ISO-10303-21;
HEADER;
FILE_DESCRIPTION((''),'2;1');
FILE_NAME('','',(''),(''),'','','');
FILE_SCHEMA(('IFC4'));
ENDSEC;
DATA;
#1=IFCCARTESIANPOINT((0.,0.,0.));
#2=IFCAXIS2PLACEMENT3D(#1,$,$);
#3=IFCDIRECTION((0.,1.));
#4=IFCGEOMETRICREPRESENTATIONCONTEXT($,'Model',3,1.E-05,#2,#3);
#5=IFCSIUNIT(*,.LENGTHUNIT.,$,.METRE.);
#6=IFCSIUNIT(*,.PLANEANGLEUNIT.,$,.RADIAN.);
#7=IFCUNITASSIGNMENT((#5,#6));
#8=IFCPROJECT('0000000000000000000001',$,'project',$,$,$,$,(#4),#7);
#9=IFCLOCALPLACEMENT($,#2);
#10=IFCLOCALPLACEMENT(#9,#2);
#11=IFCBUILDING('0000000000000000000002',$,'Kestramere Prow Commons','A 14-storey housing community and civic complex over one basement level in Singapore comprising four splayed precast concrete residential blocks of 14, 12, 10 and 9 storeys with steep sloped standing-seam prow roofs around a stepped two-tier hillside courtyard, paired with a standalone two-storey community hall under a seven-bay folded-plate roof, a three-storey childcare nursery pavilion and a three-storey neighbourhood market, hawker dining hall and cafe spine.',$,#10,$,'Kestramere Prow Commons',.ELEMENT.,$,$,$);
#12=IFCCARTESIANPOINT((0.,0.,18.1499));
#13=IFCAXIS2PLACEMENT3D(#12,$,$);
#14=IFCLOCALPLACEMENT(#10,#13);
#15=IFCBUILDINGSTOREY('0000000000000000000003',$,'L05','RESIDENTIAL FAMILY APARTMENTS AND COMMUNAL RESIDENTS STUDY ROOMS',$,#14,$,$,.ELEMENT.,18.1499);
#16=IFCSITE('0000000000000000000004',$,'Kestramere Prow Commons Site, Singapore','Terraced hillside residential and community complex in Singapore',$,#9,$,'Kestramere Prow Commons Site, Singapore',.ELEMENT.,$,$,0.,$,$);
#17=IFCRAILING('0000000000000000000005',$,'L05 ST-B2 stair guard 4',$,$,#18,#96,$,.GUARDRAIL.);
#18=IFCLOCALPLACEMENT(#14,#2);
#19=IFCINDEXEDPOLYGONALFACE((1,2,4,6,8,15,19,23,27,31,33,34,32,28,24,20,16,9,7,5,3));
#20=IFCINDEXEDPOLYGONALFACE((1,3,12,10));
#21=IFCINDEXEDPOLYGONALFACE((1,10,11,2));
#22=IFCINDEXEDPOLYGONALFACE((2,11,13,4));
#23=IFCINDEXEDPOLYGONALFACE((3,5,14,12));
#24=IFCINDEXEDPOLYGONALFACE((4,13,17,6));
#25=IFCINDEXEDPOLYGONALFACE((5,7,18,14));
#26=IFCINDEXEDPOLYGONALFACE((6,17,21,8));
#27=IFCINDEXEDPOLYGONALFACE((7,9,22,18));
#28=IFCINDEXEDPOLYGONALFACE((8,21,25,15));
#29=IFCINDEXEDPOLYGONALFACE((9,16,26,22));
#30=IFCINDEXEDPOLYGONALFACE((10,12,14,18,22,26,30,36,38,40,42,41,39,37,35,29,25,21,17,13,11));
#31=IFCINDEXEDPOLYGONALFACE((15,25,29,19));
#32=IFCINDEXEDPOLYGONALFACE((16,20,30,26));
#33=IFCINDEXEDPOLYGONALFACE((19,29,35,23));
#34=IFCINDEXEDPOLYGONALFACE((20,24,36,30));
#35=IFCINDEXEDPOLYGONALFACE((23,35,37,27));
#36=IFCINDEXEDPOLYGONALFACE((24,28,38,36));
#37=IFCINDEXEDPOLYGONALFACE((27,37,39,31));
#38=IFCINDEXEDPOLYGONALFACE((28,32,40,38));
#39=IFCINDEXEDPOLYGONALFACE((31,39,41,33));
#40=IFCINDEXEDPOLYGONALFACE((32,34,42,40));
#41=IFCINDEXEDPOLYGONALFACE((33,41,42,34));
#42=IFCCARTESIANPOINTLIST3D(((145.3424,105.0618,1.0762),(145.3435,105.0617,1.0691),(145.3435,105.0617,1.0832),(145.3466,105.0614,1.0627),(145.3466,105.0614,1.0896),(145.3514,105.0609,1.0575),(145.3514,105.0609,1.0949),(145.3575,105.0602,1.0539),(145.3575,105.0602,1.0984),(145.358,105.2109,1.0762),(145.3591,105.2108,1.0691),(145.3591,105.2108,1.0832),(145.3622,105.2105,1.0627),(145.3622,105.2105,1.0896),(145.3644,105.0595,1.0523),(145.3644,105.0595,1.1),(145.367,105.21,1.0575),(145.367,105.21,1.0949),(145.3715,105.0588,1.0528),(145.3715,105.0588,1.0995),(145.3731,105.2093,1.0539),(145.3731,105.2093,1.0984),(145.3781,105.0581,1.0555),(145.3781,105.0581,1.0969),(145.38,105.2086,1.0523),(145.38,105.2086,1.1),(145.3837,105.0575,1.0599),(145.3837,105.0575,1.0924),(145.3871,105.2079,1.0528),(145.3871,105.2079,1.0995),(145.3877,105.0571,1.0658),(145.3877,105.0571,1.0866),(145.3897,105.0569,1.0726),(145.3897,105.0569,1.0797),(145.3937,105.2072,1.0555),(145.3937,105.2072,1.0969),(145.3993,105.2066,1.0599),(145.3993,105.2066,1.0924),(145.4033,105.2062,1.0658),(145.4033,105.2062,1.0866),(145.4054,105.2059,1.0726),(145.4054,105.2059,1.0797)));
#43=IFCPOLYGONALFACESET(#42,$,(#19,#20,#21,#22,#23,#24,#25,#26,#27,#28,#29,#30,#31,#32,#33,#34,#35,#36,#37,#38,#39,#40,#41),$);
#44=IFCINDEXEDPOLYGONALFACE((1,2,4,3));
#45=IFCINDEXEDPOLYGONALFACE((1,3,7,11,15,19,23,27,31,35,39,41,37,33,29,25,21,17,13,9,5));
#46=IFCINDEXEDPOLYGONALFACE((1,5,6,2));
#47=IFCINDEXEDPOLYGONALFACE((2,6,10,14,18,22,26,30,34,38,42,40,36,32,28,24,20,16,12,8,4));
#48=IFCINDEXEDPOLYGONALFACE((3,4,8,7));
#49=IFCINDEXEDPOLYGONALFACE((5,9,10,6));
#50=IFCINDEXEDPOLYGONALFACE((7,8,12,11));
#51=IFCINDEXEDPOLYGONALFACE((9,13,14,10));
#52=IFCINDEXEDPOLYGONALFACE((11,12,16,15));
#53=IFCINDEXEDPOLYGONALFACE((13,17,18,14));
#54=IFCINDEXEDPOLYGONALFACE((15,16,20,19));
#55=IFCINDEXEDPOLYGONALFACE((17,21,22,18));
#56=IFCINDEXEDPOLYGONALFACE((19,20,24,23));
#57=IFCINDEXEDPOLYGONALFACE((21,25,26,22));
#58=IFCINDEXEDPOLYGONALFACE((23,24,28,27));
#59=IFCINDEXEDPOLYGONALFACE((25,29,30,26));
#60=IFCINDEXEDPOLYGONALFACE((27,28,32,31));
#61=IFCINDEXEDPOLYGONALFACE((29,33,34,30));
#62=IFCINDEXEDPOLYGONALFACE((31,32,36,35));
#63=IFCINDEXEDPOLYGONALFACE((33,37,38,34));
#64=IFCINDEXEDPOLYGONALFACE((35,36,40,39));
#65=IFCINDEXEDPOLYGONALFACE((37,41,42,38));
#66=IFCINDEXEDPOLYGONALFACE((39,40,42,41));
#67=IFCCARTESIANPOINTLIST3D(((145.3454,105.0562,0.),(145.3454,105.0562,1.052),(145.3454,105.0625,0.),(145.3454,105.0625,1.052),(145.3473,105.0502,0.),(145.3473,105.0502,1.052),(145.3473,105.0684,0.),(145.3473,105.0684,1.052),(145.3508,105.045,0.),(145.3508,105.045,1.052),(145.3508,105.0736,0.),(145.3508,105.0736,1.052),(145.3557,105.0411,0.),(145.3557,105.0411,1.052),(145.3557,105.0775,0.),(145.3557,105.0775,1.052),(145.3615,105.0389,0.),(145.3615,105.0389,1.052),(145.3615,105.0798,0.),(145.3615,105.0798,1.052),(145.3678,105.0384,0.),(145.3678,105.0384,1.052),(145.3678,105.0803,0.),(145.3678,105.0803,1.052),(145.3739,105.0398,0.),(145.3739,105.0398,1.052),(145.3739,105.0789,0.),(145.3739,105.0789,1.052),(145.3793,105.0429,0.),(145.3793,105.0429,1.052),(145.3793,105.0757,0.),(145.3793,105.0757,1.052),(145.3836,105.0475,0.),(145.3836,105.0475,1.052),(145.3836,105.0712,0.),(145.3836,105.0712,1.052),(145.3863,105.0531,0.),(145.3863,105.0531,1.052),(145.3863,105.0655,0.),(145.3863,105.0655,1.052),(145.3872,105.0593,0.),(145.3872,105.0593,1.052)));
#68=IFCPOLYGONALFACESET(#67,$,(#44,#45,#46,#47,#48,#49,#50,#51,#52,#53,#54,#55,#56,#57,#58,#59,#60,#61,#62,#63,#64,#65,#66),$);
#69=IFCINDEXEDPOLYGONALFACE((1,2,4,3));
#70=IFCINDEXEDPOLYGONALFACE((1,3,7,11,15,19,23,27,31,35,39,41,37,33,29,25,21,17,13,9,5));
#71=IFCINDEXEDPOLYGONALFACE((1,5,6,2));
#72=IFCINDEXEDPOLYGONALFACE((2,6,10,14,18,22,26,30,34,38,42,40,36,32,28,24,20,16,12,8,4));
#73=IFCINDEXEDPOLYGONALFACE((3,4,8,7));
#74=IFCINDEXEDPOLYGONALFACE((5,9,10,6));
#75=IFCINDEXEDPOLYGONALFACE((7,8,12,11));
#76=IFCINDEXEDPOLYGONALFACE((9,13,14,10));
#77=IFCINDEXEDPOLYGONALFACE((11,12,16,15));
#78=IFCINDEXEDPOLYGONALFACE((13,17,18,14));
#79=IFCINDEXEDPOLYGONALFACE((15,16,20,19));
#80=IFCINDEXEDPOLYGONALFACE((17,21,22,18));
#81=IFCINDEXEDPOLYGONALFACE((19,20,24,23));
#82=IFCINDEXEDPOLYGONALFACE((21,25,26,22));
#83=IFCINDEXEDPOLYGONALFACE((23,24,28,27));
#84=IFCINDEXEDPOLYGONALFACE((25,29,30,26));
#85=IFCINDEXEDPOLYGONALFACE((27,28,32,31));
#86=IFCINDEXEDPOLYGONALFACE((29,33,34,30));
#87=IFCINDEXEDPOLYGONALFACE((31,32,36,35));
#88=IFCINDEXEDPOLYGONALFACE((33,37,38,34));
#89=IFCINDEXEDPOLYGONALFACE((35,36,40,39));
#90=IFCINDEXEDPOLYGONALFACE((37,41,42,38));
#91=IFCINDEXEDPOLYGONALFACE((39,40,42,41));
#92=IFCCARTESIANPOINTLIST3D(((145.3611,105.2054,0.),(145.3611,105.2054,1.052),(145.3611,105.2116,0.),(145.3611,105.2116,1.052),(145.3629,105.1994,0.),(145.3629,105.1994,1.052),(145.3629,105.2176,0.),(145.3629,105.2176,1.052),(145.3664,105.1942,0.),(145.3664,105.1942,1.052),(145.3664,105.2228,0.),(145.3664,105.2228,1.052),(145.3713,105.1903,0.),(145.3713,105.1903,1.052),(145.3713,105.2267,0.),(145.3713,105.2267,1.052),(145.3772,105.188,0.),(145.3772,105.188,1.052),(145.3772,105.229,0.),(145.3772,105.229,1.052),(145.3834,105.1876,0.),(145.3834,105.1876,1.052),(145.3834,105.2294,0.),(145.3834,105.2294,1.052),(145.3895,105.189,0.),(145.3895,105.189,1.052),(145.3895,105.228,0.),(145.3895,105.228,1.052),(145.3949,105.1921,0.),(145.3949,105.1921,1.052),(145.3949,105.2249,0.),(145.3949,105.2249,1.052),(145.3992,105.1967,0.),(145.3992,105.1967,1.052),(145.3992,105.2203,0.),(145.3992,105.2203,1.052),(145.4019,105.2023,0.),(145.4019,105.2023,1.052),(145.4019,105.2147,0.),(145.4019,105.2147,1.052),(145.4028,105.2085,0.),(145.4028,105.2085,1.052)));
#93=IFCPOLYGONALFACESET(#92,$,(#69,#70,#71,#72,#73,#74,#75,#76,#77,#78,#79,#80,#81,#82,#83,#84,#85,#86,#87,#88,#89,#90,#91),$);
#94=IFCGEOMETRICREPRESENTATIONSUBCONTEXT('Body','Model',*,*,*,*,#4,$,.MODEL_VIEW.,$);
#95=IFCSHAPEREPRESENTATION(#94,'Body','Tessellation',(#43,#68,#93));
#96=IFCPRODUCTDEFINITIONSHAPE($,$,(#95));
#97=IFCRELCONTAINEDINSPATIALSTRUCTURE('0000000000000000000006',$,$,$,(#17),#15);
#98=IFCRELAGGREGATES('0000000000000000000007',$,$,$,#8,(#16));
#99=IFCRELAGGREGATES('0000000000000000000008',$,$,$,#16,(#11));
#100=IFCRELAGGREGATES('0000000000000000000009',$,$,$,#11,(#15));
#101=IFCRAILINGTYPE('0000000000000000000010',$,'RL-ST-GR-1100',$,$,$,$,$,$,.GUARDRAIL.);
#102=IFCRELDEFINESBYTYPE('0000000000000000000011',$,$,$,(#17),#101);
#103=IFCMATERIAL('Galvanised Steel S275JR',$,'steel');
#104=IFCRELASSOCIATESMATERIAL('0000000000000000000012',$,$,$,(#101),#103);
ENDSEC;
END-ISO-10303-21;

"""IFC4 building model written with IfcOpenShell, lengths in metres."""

from ifc_helpers import new_model, si_unit, direction, frame, origin, origin_2d, place, context, subcontext, project, spatial, circle, extrude, material, type_object, element, save


model = new_model("IFC4")

# Units and contexts
model_context = context("Model", 3, precision=1e-05, world=origin(), true_north=direction((0.0, 1.0)))
body_context = subcontext(model_context, "Body", "Model", "MODEL_VIEW")
ifc_project = project(units=[si_unit("LENGTHUNIT", "METRE"), si_unit("PLANEANGLEUNIT", "RADIAN")], contexts=[model_context])

# Site, building, storey
site_placement = place(None, origin())
site = spatial("IfcSite", under=ifc_project, at=site_placement, Name="Kestramere Prow Commons Site, Singapore", Description="Terraced hillside residential and community complex in Singapore", LongName="Kestramere Prow Commons Site, Singapore", CompositionType="ELEMENT", RefElevation=0.0)
building_placement = place(site_placement, origin())
building = spatial("IfcBuilding", under=site, at=building_placement, Name="Kestramere Prow Commons", Description="A 14-storey housing community and civic complex over one basement level in Singapore comprising four splayed precast concrete residential blocks of 14, 12, 10 and 9 storeys with steep sloped standing-seam prow roofs around a stepped two-tier hillside courtyard, paired with a standalone two-storey community hall under a seven-bay folded-plate roof, a three-storey childcare nursery pavilion and a three-storey neighbourhood market, hawker dining hall and cafe spine.", LongName="Kestramere Prow Commons", CompositionType="ELEMENT")
storey_placement = place(building_placement, frame((0.0, 0.0, 18.1499)))
storey = spatial("IfcBuildingStorey", under=building, at=storey_placement, Name="L05", Description="RESIDENTIAL FAMILY APARTMENTS AND COMMUNAL RESIDENTS STUDY ROOMS", CompositionType="ELEMENT", Elevation=18.1499)

# Railing
ifc_material_1 = material(Name="Galvanised Steel S275JR", Category="steel")
railing_type_1 = type_object("IfcRailingType", Name="RL-ST-GR-1100", PredefinedType="GUARDRAIL", material=ifc_material_1)
railing_1_placement = place(storey_placement, frame((145.3662, 105.0593, 0.0)))
element("IfcRailing", 1, at=railing_1_placement, inside=storey, type_object=railing_type_1, Name="L05 ST-B2 stair guard 4", PredefinedType="GUARDRAIL", context=body_context, shape_type="SweptSolid", body=[
    extrude(circle(Radius=0.0239, at=origin_2d()), frame((0.0, 0.0, 1.0762), z_axis=(0.104176, 0.994559, 0.0), x_axis=(-0.994559, 0.104176, 0.0)), (0.0, 0.0, 1.0), 0.1499),
    extrude(circle(Radius=0.021, at=origin_2d()), origin(), (0.0, 0.0, 1.0), 1.052),
    extrude(circle(Radius=0.021, at=origin_2d()), frame((0.0156, 0.1492, 0.0)), (0.0, 0.0, 1.0), 1.052),
])

save(model, "model.ifc")
